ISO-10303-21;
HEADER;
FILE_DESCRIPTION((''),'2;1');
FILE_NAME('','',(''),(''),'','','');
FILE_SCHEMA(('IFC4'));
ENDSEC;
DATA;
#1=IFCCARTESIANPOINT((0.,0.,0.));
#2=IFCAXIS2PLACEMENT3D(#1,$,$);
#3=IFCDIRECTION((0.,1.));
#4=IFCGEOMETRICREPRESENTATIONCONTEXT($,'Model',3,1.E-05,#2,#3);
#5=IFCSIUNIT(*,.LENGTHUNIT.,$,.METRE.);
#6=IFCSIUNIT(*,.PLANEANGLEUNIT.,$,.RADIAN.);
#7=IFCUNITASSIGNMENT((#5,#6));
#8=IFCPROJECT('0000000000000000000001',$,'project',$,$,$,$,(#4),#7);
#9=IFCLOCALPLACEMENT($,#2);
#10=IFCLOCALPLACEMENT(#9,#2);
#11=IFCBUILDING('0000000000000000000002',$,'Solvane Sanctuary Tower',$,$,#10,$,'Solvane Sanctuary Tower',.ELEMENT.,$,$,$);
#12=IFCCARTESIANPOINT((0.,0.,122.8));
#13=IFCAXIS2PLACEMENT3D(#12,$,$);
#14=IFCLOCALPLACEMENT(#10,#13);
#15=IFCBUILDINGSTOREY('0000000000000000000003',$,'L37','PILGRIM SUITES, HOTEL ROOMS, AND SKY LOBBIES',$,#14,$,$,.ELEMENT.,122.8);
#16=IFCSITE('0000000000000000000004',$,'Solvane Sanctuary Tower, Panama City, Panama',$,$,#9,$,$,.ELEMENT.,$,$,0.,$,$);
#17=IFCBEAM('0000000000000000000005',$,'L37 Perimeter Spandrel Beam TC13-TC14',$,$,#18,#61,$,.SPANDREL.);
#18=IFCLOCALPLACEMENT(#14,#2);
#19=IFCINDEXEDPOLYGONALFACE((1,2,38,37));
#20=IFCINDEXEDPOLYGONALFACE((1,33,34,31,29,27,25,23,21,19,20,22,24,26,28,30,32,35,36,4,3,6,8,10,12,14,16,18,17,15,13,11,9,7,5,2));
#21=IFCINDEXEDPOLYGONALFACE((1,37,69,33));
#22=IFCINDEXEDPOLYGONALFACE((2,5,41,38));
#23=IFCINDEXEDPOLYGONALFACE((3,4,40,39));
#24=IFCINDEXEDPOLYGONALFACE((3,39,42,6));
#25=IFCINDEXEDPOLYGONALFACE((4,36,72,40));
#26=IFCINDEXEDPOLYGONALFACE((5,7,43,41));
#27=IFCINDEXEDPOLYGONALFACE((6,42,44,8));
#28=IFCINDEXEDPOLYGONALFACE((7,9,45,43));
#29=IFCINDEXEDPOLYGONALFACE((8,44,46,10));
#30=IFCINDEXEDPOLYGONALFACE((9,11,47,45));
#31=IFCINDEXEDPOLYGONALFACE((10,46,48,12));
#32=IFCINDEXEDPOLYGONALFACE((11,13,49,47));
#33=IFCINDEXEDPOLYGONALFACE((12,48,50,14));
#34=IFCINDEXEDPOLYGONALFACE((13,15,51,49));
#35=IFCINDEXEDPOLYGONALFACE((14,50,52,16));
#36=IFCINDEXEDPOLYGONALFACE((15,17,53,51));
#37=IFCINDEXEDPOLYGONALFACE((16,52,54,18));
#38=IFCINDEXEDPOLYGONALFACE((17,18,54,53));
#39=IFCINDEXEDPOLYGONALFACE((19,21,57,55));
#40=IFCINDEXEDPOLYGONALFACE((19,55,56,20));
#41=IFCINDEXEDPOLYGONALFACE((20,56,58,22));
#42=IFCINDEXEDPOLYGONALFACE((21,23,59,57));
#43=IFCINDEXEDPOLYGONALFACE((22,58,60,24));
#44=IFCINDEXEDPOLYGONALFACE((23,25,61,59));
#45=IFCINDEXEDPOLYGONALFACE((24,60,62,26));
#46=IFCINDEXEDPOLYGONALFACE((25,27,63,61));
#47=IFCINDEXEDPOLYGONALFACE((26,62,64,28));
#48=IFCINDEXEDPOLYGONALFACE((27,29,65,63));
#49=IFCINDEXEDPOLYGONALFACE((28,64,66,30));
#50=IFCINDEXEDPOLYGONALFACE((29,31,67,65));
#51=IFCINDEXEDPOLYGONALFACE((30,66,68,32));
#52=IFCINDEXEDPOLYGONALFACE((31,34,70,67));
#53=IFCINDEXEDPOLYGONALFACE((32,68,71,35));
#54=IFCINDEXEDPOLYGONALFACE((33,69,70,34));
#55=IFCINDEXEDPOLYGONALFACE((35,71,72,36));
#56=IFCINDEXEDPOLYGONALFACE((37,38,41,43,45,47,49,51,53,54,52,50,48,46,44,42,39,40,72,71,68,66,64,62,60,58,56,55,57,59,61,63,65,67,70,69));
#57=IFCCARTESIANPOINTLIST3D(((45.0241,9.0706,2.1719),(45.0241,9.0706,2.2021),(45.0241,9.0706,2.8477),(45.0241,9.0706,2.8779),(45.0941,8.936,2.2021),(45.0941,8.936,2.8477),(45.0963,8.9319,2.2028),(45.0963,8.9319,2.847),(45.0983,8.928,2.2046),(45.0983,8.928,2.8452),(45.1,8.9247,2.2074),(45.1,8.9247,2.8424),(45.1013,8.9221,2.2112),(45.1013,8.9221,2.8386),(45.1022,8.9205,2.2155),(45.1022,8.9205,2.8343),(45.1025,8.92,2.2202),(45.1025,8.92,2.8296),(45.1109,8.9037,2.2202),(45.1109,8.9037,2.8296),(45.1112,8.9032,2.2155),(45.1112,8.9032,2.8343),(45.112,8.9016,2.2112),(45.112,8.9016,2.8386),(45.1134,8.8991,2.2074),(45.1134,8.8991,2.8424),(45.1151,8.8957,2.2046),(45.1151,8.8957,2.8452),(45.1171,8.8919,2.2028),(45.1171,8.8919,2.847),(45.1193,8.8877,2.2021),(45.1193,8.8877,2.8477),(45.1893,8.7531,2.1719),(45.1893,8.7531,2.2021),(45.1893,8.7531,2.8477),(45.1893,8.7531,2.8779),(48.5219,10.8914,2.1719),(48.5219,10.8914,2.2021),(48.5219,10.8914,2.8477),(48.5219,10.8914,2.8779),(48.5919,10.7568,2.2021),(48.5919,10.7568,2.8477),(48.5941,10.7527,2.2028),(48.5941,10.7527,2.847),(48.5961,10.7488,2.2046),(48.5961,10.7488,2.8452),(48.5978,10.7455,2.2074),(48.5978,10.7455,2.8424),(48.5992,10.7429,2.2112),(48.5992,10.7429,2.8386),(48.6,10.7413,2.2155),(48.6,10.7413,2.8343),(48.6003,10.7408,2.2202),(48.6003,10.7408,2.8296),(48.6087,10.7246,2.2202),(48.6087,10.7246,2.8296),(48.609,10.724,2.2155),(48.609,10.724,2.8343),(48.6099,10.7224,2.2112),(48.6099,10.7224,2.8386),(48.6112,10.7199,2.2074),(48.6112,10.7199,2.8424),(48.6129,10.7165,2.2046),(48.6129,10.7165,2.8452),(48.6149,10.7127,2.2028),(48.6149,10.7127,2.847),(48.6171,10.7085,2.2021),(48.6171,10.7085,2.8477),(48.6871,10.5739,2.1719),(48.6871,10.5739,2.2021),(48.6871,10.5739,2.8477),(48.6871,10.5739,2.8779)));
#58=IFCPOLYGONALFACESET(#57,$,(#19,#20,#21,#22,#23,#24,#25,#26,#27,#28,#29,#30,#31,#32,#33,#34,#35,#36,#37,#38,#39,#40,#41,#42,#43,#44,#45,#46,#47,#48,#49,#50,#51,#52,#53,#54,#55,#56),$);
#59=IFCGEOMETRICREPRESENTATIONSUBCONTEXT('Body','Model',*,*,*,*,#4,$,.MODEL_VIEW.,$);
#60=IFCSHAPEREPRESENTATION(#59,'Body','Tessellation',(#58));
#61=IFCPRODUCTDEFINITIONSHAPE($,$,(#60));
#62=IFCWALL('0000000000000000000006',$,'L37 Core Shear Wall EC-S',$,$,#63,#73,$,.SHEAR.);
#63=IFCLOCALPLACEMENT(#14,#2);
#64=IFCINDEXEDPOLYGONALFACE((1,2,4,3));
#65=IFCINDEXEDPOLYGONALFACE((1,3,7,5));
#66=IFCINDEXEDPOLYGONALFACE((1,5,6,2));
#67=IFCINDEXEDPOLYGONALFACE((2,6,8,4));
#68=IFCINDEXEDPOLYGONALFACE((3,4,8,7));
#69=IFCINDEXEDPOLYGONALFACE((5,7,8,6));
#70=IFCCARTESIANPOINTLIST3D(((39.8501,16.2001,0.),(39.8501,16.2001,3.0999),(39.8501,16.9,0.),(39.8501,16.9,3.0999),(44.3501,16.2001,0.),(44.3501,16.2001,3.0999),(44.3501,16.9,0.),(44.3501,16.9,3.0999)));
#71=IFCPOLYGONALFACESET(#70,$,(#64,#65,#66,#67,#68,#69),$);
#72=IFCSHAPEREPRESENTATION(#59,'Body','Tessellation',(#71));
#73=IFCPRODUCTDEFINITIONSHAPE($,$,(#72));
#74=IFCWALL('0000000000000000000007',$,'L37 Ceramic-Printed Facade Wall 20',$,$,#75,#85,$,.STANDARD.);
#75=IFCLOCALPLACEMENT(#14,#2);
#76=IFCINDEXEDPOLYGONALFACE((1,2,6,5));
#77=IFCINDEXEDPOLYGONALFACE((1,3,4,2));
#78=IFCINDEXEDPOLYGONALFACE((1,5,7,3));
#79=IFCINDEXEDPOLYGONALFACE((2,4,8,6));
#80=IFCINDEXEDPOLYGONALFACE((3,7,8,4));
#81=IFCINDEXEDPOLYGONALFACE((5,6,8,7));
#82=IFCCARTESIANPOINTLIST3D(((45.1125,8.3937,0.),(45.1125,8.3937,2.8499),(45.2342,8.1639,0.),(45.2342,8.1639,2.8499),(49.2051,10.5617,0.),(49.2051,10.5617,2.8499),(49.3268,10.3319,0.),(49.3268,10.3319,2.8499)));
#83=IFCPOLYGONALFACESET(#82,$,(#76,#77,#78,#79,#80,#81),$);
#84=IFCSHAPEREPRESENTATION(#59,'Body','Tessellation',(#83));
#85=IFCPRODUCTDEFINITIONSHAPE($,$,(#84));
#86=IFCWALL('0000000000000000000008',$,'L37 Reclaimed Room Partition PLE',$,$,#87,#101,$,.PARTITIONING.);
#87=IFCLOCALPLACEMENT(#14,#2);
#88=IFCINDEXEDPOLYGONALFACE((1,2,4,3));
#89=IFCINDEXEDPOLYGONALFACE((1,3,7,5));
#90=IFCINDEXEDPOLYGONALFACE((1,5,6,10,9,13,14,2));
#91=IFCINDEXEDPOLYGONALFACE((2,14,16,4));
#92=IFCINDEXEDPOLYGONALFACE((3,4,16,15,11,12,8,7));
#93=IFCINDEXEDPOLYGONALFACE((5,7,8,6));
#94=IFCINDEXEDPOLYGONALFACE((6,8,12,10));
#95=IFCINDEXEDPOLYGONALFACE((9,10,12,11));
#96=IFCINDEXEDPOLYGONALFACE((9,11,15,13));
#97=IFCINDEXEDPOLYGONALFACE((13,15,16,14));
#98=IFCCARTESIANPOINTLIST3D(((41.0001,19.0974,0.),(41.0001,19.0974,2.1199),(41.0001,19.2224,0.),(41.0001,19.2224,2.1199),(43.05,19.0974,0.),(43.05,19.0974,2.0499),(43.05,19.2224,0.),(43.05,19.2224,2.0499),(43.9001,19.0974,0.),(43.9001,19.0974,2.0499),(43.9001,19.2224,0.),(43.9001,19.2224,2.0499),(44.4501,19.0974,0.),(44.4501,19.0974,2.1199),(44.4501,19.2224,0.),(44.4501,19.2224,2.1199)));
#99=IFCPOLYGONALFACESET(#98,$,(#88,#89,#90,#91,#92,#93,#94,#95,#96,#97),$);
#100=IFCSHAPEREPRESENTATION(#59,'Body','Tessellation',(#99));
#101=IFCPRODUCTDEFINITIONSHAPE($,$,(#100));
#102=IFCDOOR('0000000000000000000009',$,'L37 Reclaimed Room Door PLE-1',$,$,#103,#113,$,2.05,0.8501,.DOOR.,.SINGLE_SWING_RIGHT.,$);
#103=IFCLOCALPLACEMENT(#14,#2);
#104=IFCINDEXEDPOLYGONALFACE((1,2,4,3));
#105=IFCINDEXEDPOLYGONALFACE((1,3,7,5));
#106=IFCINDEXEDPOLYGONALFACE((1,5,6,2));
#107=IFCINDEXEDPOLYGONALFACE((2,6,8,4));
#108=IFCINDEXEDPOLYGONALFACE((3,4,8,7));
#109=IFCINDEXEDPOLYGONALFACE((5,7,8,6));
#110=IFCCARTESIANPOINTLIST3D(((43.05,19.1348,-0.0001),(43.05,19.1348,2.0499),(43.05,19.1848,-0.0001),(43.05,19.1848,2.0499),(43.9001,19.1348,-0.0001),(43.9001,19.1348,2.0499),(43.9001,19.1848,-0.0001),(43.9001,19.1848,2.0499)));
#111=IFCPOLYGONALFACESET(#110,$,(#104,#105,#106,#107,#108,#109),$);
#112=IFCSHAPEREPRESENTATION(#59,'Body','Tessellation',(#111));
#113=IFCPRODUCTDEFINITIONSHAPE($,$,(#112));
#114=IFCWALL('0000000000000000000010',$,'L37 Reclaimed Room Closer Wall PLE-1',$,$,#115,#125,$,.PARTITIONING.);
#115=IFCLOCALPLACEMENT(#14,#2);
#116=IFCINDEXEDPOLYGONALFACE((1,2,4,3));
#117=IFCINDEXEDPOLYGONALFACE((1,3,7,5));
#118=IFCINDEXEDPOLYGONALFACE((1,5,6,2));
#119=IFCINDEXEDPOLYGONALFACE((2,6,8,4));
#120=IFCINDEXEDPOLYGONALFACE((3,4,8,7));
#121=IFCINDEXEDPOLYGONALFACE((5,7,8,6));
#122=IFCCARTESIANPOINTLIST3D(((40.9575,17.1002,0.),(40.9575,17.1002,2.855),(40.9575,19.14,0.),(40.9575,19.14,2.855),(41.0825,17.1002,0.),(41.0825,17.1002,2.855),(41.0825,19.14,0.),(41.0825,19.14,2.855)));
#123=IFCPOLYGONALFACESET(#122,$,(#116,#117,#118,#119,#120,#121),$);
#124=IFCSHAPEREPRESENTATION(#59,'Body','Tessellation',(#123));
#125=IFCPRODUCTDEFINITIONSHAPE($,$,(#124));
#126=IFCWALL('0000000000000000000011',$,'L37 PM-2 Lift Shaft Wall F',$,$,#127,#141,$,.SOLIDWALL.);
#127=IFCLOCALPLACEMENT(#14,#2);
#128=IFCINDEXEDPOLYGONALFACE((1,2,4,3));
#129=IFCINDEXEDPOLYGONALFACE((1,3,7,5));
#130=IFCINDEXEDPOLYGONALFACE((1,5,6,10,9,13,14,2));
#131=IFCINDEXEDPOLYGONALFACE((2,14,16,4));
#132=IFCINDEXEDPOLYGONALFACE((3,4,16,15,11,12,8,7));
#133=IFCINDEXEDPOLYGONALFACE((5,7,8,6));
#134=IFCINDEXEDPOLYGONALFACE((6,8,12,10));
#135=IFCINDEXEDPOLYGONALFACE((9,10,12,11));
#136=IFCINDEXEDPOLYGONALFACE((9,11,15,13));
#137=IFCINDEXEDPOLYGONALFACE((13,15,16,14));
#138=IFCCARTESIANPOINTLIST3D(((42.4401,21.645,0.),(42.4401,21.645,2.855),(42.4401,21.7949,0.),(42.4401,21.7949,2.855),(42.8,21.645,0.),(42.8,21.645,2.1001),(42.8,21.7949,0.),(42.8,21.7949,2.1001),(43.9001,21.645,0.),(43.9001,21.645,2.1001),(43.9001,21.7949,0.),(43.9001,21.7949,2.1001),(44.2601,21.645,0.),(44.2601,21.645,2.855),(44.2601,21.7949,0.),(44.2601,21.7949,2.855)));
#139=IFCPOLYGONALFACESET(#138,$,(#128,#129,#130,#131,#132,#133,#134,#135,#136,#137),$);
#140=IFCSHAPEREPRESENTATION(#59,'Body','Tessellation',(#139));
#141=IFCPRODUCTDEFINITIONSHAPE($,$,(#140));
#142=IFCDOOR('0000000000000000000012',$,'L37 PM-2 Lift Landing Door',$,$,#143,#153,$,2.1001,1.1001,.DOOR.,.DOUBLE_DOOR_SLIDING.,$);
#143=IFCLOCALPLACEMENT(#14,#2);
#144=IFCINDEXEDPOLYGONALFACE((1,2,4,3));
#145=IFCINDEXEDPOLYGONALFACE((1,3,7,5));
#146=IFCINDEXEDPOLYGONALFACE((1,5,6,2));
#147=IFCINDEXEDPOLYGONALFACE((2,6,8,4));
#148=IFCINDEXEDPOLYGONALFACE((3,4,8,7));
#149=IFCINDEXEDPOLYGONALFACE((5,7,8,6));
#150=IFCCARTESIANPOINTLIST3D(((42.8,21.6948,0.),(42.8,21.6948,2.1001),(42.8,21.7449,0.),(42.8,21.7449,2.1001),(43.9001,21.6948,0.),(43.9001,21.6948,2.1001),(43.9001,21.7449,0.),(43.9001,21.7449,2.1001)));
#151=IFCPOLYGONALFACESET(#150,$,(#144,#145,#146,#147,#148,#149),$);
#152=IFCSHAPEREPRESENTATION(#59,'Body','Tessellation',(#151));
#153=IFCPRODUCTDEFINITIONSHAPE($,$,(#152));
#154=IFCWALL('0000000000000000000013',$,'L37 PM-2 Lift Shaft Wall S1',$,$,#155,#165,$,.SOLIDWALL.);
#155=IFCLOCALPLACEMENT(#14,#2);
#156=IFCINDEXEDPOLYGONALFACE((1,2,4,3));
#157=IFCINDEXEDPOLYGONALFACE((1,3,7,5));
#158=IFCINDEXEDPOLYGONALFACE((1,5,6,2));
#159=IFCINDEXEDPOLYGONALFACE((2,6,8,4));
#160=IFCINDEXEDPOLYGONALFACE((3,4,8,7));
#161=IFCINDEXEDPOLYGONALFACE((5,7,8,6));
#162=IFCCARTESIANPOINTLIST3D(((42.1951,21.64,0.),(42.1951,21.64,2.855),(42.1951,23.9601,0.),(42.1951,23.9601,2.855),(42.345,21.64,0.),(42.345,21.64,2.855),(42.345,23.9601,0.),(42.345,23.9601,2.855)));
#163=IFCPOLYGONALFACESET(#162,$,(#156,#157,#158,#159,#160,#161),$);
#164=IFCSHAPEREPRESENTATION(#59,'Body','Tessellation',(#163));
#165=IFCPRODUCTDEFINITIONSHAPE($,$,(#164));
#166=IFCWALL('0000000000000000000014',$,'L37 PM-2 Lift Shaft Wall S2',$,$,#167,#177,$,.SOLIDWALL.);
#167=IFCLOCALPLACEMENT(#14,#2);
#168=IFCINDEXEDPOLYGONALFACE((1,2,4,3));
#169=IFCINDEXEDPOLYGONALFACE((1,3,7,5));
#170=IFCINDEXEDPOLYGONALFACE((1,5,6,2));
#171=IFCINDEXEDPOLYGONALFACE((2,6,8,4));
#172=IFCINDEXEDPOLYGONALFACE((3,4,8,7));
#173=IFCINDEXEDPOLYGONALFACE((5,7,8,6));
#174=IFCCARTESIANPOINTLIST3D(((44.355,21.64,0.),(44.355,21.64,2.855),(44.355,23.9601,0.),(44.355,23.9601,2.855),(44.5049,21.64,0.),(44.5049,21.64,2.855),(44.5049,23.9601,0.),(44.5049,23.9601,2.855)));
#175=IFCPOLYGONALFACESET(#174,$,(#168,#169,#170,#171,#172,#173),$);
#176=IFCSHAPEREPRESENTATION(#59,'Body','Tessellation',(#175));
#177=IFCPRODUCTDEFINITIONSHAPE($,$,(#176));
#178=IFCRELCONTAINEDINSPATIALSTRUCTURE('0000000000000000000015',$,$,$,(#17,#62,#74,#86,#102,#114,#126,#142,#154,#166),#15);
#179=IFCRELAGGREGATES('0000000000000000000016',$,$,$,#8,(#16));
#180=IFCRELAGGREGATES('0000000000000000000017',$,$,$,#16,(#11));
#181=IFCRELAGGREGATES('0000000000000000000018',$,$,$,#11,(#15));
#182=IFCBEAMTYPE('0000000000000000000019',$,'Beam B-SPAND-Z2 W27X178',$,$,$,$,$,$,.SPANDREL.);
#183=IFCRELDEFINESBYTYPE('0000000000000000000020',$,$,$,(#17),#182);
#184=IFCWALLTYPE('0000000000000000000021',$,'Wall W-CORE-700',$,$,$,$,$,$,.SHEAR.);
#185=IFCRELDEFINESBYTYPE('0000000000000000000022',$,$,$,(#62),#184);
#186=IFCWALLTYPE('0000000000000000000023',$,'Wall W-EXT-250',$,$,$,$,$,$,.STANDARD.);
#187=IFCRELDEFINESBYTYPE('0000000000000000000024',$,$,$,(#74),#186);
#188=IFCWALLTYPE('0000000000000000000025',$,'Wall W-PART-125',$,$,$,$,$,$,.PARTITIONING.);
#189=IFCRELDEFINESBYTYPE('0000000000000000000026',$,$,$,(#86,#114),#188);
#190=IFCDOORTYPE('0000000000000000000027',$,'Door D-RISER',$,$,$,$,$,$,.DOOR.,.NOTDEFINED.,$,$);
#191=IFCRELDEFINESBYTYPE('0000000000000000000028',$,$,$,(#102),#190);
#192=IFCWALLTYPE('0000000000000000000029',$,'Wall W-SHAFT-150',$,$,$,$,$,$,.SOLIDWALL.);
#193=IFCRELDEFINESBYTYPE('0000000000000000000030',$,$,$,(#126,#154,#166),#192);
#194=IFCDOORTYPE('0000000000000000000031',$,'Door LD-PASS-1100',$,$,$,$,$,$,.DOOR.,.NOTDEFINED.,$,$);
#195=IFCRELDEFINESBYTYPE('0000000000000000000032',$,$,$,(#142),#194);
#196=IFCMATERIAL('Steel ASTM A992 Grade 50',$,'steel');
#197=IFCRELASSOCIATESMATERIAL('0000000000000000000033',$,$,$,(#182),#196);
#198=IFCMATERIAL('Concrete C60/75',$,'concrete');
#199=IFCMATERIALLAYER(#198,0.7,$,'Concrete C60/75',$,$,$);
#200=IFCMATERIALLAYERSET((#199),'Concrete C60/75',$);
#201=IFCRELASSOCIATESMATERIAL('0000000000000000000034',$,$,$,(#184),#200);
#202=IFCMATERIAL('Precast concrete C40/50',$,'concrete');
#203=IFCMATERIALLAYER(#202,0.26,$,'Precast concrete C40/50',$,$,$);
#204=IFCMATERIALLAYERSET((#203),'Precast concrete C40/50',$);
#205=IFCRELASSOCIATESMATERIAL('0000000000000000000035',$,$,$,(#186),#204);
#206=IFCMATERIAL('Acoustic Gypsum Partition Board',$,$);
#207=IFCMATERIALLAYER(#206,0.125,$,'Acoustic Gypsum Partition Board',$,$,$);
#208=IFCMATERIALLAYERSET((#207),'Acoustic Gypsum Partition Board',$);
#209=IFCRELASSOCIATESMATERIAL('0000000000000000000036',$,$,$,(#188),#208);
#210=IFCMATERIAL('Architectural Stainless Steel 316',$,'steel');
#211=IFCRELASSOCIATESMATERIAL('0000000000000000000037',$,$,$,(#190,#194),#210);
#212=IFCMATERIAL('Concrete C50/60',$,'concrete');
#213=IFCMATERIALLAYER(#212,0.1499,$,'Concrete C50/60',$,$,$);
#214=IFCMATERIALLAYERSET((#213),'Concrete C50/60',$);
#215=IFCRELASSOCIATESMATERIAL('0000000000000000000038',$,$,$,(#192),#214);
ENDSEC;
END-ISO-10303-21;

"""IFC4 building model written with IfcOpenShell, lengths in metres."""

from ifc_helpers import new_model, si_unit, direction, frame, frame_2d, origin, origin_2d, place, context, subcontext, project, spatial, rectangle, i_section, extrude, material, layer, layer_set, material_profile, profile_set, type_object, element, fill, save


model = new_model("IFC4")

# Units and contexts
model_context = context("Model", 3, precision=1e-05, world=origin(), true_north=direction((0.0, 1.0)))
body_context = subcontext(model_context, "Body", "Model", "MODEL_VIEW")
ifc_project = project(units=[si_unit("LENGTHUNIT", "METRE"), si_unit("PLANEANGLEUNIT", "RADIAN")], contexts=[model_context])

# Site, building, storey
site_placement = place(None, origin())
site = spatial("IfcSite", under=ifc_project, at=site_placement, Name="Solvane Sanctuary Tower, Panama City, Panama", CompositionType="ELEMENT", RefElevation=0.0)
building_placement = place(site_placement, origin())
building = spatial("IfcBuilding", under=site, at=building_placement, Name="Solvane Sanctuary Tower", LongName="Solvane Sanctuary Tower", CompositionType="ELEMENT")
storey_placement = place(building_placement, frame((0.0, 0.0, 122.8)))
storey = spatial("IfcBuildingStorey", under=building, at=storey_placement, Name="L37", Description="PILGRIM SUITES, HOTEL ROOMS, AND SKY LOBBIES", CompositionType="ELEMENT", Elevation=122.8)

# Shared definitions
ifc_material_1 = material(Name="Concrete C60/75", Category="concrete")

# Beam
ifc_material_2 = material(Name="Steel ASTM A992 Grade 50", Category="steel")
ifc_material_profile_1 = material_profile(ifc_material_2, i_section(OverallWidth=0.3579, OverallDepth=0.7061, WebThickness=0.0183, FlangeThickness=0.0303, FilletRadius=0.0181, at=origin_2d()), Name="W27X178")
ifc_profile_set_1 = profile_set([ifc_material_profile_1], Name="Steel ASTM A992 Grade 50")
beam_type_1 = type_object("IfcBeamType", Name="Beam B-SPAND-Z2 W27X178", PredefinedType="SPANDREL", material=ifc_profile_set_1)
beam_1_placement = place(storey_placement, frame((45.1067, 8.9119, 2.5249), z_axis=(0.887015, 0.461741, 0.0), x_axis=(-0.461741, 0.887015, 0.0)))
element("IfcBeam", 1, at=beam_1_placement, inside=storey, type_object=beam_type_1, Name="L37 Perimeter Spandrel Beam TC13-TC14", PredefinedType="SPANDREL", context=body_context, shape_type="SweptSolid", body=[
    extrude(i_section(OverallWidth=0.3579, OverallDepth=0.7061, WebThickness=0.0183, FlangeThickness=0.0303, FilletRadius=0.0181, at=origin_2d()), origin(), (0.0, 0.0, 1.0), 3.9434),
])

# Walls
ifc_layer_1 = layer(ifc_material_1, 0.7, Name="Concrete C60/75")
ifc_layer_set_1 = layer_set([ifc_layer_1], Name="Concrete C60/75")
wall_type_1 = type_object("IfcWallType", Name="Wall W-CORE-700", PredefinedType="SHEAR", material=ifc_layer_set_1)
wall_1_placement = place(storey_placement, frame((39.8501, 16.55, 0.0), z_axis=(0.0, 0.0, 1.0), x_axis=(1.0, 0.0, 0.0)))
element("IfcWall", 2, at=wall_1_placement, inside=storey, type_object=wall_type_1, Name="L37 Core Shear Wall EC-S", PredefinedType="SHEAR", context=body_context, shape_type="SweptSolid", body=[
    extrude(rectangle(XDim=4.5, YDim=0.7, at=frame_2d((2.25, 0.0))), origin(), (0.0, 0.0, 1.0), 3.0999),
])
ifc_material_3 = material(Name="Precast concrete C40/50", Category="concrete")
ifc_layer_2 = layer(ifc_material_3, 0.26, Name="Precast concrete C40/50")
ifc_layer_set_2 = layer_set([ifc_layer_2], Name="Precast concrete C40/50")
wall_type_2 = type_object("IfcWallType", Name="Wall W-EXT-250", PredefinedType="STANDARD", material=ifc_layer_set_2)
wall_2_placement = place(storey_placement, frame((45.1733, 8.2788, 0.0), z_axis=(0.0, 0.0, 1.0), x_axis=(0.883669, 0.468113, 0.0)))
element("IfcWall", 3, at=wall_2_placement, inside=storey, type_object=wall_type_2, Name="L37 Ceramic-Printed Facade Wall 20", PredefinedType="STANDARD", context=body_context, shape_type="SweptSolid", body=[
    extrude(rectangle(XDim=4.6313, YDim=0.26, at=frame_2d((2.3157, 0.0))), origin(), (0.0, 0.0, 1.0), 2.8499),
])

# Wall, opening, door
ifc_material_4 = material(Name="Acoustic Gypsum Partition Board")
ifc_layer_3 = layer(ifc_material_4, 0.125, Name="Acoustic Gypsum Partition Board")
ifc_layer_set_3 = layer_set([ifc_layer_3], Name="Acoustic Gypsum Partition Board")
wall_type_3 = type_object("IfcWallType", Name="Wall W-PART-125", PredefinedType="PARTITIONING", material=ifc_layer_set_3)
wall_3_placement = place(storey_placement, frame((41.0, 19.1599, 0.0), z_axis=(0.0, 0.0, 1.0), x_axis=(1.0, 0.0, 0.0)))
wall_3 = element("IfcWall", 4, at=wall_3_placement, inside=storey, type_object=wall_type_3, Name="L37 Reclaimed Room Partition PLE", PredefinedType="PARTITIONING", context=body_context, shape_type="SweptSolid", body=[
    extrude(rectangle(XDim=3.45, YDim=0.125, at=frame_2d((1.7251, 0.0))), origin(), (0.0, 0.0, 1.0), 2.1199),
])
opening_1_placement = place(wall_3_placement, frame((2.05, 0.0, 0.0)))
opening_1 = element("IfcOpeningElement", 5, at=opening_1_placement, cuts=wall_3, PredefinedType="OPENING", context=body_context, shape_type="SweptSolid", body=[
    extrude(rectangle(XDim=0.8501, YDim=2.05, at=frame_2d((0.425, 1.0249))), frame((0.0, 0.0725, 0.0), z_axis=(0.0, -1.0, 0.0), x_axis=(1.0, 0.0, 0.0)), (0.0, 0.0, 1.0), 0.145),
])
ifc_material_5 = material(Name="Architectural Stainless Steel 316", Category="steel")
door_type_1 = type_object("IfcDoorType", Name="Door D-RISER", OperationType="NOTDEFINED", PredefinedType="DOOR", material=ifc_material_5)
door_1_placement = place(opening_1_placement, origin())
door_1 = element("IfcDoor", 6, at=door_1_placement, inside=storey, type_object=door_type_1, Name="L37 Reclaimed Room Door PLE-1", OperationType="SINGLE_SWING_RIGHT", OverallHeight=2.05, OverallWidth=0.8501, PredefinedType="DOOR", context=body_context, shape_type="SweptSolid", body=[
    extrude(rectangle(XDim=0.8501, YDim=2.05, at=frame_2d((0.425, 1.0249))), frame((0.0, 0.0249, 0.0), z_axis=(0.0, -1.0, 0.0), x_axis=(1.0, 0.0, 0.0)), (0.0, 0.0, 1.0), 0.05),
])
fill(opening_1, door_1)

# Wall
wall_4_placement = place(storey_placement, frame((41.02, 17.1001, 0.0), z_axis=(0.0, 0.0, 1.0), x_axis=(0.0, 1.0, 0.0)))
element("IfcWall", 7, at=wall_4_placement, inside=storey, type_object=wall_type_3, Name="L37 Reclaimed Room Closer Wall PLE-1", PredefinedType="PARTITIONING", context=body_context, shape_type="SweptSolid", body=[
    extrude(rectangle(XDim=2.0398, YDim=0.125, at=frame_2d((1.02, 0.0))), origin(), (0.0, 0.0, 1.0), 2.855),
])

# Wall, opening, door
ifc_material_6 = material(Name="Concrete C50/60", Category="concrete")
ifc_layer_4 = layer(ifc_material_6, 0.1499, Name="Concrete C50/60")
ifc_layer_set_4 = layer_set([ifc_layer_4], Name="Concrete C50/60")
wall_type_4 = type_object("IfcWallType", Name="Wall W-SHAFT-150", PredefinedType="SOLIDWALL", material=ifc_layer_set_4)
wall_5_placement = place(storey_placement, frame((42.4399, 21.72, 0.0), z_axis=(0.0, 0.0, 1.0), x_axis=(1.0, 0.0, 0.0)))
wall_5 = element("IfcWall", 8, at=wall_5_placement, inside=storey, type_object=wall_type_4, Name="L37 PM-2 Lift Shaft Wall F", PredefinedType="SOLIDWALL", context=body_context, shape_type="SweptSolid", body=[
    extrude(rectangle(XDim=1.8201, YDim=0.1499, at=frame_2d((0.9102, 0.0))), origin(), (0.0, 0.0, 1.0), 2.855),
])
opening_2_placement = place(wall_5_placement, frame((0.3601, 0.0, 0.0)))
opening_2 = element("IfcOpeningElement", 9, at=opening_2_placement, cuts=wall_5, PredefinedType="OPENING", context=body_context, shape_type="SweptSolid", body=[
    extrude(rectangle(XDim=1.1001, YDim=2.1001, at=frame_2d((0.55, 1.05))), frame((0.0, 0.085, 0.0), z_axis=(0.0, -1.0, 0.0), x_axis=(1.0, 0.0, 0.0)), (0.0, 0.0, 1.0), 0.1699),
])
door_type_2 = type_object("IfcDoorType", Name="Door LD-PASS-1100", OperationType="NOTDEFINED", PredefinedType="DOOR", material=ifc_material_5)
door_2_placement = place(opening_2_placement, origin())
door_2 = element("IfcDoor", 10, at=door_2_placement, inside=storey, type_object=door_type_2, Name="L37 PM-2 Lift Landing Door", OperationType="DOUBLE_DOOR_SLIDING", OverallHeight=2.1001, OverallWidth=1.1001, PredefinedType="DOOR", context=body_context, shape_type="SweptSolid", body=[
    extrude(rectangle(XDim=1.1001, YDim=2.1001, at=frame_2d((0.55, 1.05))), frame((0.0, 0.0249, 0.0), z_axis=(0.0, -1.0, 0.0), x_axis=(1.0, 0.0, 0.0)), (0.0, 0.0, 1.0), 0.05),
])
fill(opening_2, door_2)

# Walls
for number, where, z_axis, x_axis, name in (
    (11, (42.27, 21.6399, 0.0), (0.0, 0.0, 1.0), (0.0, 1.0, 0.0), "L37 PM-2 Lift Shaft Wall S1"),
    (12, (44.4299, 21.6399, 0.0), (0.0, 0.0, 1.0), (0.0, 1.0, 0.0), "L37 PM-2 Lift Shaft Wall S2"),
):
    element("IfcWall", number, at=place(storey_placement, frame(where, z_axis=z_axis, x_axis=x_axis)), inside=storey, type_object=wall_type_4, Name=name, PredefinedType="SOLIDWALL", context=body_context, shape_type="SweptSolid", body=[
        extrude(rectangle(XDim=2.3201, YDim=0.1499, at=frame_2d((1.1602, 0.0))), origin(), (0.0, 0.0, 1.0), 2.855),
    ])

save(model, "model.ifc")
